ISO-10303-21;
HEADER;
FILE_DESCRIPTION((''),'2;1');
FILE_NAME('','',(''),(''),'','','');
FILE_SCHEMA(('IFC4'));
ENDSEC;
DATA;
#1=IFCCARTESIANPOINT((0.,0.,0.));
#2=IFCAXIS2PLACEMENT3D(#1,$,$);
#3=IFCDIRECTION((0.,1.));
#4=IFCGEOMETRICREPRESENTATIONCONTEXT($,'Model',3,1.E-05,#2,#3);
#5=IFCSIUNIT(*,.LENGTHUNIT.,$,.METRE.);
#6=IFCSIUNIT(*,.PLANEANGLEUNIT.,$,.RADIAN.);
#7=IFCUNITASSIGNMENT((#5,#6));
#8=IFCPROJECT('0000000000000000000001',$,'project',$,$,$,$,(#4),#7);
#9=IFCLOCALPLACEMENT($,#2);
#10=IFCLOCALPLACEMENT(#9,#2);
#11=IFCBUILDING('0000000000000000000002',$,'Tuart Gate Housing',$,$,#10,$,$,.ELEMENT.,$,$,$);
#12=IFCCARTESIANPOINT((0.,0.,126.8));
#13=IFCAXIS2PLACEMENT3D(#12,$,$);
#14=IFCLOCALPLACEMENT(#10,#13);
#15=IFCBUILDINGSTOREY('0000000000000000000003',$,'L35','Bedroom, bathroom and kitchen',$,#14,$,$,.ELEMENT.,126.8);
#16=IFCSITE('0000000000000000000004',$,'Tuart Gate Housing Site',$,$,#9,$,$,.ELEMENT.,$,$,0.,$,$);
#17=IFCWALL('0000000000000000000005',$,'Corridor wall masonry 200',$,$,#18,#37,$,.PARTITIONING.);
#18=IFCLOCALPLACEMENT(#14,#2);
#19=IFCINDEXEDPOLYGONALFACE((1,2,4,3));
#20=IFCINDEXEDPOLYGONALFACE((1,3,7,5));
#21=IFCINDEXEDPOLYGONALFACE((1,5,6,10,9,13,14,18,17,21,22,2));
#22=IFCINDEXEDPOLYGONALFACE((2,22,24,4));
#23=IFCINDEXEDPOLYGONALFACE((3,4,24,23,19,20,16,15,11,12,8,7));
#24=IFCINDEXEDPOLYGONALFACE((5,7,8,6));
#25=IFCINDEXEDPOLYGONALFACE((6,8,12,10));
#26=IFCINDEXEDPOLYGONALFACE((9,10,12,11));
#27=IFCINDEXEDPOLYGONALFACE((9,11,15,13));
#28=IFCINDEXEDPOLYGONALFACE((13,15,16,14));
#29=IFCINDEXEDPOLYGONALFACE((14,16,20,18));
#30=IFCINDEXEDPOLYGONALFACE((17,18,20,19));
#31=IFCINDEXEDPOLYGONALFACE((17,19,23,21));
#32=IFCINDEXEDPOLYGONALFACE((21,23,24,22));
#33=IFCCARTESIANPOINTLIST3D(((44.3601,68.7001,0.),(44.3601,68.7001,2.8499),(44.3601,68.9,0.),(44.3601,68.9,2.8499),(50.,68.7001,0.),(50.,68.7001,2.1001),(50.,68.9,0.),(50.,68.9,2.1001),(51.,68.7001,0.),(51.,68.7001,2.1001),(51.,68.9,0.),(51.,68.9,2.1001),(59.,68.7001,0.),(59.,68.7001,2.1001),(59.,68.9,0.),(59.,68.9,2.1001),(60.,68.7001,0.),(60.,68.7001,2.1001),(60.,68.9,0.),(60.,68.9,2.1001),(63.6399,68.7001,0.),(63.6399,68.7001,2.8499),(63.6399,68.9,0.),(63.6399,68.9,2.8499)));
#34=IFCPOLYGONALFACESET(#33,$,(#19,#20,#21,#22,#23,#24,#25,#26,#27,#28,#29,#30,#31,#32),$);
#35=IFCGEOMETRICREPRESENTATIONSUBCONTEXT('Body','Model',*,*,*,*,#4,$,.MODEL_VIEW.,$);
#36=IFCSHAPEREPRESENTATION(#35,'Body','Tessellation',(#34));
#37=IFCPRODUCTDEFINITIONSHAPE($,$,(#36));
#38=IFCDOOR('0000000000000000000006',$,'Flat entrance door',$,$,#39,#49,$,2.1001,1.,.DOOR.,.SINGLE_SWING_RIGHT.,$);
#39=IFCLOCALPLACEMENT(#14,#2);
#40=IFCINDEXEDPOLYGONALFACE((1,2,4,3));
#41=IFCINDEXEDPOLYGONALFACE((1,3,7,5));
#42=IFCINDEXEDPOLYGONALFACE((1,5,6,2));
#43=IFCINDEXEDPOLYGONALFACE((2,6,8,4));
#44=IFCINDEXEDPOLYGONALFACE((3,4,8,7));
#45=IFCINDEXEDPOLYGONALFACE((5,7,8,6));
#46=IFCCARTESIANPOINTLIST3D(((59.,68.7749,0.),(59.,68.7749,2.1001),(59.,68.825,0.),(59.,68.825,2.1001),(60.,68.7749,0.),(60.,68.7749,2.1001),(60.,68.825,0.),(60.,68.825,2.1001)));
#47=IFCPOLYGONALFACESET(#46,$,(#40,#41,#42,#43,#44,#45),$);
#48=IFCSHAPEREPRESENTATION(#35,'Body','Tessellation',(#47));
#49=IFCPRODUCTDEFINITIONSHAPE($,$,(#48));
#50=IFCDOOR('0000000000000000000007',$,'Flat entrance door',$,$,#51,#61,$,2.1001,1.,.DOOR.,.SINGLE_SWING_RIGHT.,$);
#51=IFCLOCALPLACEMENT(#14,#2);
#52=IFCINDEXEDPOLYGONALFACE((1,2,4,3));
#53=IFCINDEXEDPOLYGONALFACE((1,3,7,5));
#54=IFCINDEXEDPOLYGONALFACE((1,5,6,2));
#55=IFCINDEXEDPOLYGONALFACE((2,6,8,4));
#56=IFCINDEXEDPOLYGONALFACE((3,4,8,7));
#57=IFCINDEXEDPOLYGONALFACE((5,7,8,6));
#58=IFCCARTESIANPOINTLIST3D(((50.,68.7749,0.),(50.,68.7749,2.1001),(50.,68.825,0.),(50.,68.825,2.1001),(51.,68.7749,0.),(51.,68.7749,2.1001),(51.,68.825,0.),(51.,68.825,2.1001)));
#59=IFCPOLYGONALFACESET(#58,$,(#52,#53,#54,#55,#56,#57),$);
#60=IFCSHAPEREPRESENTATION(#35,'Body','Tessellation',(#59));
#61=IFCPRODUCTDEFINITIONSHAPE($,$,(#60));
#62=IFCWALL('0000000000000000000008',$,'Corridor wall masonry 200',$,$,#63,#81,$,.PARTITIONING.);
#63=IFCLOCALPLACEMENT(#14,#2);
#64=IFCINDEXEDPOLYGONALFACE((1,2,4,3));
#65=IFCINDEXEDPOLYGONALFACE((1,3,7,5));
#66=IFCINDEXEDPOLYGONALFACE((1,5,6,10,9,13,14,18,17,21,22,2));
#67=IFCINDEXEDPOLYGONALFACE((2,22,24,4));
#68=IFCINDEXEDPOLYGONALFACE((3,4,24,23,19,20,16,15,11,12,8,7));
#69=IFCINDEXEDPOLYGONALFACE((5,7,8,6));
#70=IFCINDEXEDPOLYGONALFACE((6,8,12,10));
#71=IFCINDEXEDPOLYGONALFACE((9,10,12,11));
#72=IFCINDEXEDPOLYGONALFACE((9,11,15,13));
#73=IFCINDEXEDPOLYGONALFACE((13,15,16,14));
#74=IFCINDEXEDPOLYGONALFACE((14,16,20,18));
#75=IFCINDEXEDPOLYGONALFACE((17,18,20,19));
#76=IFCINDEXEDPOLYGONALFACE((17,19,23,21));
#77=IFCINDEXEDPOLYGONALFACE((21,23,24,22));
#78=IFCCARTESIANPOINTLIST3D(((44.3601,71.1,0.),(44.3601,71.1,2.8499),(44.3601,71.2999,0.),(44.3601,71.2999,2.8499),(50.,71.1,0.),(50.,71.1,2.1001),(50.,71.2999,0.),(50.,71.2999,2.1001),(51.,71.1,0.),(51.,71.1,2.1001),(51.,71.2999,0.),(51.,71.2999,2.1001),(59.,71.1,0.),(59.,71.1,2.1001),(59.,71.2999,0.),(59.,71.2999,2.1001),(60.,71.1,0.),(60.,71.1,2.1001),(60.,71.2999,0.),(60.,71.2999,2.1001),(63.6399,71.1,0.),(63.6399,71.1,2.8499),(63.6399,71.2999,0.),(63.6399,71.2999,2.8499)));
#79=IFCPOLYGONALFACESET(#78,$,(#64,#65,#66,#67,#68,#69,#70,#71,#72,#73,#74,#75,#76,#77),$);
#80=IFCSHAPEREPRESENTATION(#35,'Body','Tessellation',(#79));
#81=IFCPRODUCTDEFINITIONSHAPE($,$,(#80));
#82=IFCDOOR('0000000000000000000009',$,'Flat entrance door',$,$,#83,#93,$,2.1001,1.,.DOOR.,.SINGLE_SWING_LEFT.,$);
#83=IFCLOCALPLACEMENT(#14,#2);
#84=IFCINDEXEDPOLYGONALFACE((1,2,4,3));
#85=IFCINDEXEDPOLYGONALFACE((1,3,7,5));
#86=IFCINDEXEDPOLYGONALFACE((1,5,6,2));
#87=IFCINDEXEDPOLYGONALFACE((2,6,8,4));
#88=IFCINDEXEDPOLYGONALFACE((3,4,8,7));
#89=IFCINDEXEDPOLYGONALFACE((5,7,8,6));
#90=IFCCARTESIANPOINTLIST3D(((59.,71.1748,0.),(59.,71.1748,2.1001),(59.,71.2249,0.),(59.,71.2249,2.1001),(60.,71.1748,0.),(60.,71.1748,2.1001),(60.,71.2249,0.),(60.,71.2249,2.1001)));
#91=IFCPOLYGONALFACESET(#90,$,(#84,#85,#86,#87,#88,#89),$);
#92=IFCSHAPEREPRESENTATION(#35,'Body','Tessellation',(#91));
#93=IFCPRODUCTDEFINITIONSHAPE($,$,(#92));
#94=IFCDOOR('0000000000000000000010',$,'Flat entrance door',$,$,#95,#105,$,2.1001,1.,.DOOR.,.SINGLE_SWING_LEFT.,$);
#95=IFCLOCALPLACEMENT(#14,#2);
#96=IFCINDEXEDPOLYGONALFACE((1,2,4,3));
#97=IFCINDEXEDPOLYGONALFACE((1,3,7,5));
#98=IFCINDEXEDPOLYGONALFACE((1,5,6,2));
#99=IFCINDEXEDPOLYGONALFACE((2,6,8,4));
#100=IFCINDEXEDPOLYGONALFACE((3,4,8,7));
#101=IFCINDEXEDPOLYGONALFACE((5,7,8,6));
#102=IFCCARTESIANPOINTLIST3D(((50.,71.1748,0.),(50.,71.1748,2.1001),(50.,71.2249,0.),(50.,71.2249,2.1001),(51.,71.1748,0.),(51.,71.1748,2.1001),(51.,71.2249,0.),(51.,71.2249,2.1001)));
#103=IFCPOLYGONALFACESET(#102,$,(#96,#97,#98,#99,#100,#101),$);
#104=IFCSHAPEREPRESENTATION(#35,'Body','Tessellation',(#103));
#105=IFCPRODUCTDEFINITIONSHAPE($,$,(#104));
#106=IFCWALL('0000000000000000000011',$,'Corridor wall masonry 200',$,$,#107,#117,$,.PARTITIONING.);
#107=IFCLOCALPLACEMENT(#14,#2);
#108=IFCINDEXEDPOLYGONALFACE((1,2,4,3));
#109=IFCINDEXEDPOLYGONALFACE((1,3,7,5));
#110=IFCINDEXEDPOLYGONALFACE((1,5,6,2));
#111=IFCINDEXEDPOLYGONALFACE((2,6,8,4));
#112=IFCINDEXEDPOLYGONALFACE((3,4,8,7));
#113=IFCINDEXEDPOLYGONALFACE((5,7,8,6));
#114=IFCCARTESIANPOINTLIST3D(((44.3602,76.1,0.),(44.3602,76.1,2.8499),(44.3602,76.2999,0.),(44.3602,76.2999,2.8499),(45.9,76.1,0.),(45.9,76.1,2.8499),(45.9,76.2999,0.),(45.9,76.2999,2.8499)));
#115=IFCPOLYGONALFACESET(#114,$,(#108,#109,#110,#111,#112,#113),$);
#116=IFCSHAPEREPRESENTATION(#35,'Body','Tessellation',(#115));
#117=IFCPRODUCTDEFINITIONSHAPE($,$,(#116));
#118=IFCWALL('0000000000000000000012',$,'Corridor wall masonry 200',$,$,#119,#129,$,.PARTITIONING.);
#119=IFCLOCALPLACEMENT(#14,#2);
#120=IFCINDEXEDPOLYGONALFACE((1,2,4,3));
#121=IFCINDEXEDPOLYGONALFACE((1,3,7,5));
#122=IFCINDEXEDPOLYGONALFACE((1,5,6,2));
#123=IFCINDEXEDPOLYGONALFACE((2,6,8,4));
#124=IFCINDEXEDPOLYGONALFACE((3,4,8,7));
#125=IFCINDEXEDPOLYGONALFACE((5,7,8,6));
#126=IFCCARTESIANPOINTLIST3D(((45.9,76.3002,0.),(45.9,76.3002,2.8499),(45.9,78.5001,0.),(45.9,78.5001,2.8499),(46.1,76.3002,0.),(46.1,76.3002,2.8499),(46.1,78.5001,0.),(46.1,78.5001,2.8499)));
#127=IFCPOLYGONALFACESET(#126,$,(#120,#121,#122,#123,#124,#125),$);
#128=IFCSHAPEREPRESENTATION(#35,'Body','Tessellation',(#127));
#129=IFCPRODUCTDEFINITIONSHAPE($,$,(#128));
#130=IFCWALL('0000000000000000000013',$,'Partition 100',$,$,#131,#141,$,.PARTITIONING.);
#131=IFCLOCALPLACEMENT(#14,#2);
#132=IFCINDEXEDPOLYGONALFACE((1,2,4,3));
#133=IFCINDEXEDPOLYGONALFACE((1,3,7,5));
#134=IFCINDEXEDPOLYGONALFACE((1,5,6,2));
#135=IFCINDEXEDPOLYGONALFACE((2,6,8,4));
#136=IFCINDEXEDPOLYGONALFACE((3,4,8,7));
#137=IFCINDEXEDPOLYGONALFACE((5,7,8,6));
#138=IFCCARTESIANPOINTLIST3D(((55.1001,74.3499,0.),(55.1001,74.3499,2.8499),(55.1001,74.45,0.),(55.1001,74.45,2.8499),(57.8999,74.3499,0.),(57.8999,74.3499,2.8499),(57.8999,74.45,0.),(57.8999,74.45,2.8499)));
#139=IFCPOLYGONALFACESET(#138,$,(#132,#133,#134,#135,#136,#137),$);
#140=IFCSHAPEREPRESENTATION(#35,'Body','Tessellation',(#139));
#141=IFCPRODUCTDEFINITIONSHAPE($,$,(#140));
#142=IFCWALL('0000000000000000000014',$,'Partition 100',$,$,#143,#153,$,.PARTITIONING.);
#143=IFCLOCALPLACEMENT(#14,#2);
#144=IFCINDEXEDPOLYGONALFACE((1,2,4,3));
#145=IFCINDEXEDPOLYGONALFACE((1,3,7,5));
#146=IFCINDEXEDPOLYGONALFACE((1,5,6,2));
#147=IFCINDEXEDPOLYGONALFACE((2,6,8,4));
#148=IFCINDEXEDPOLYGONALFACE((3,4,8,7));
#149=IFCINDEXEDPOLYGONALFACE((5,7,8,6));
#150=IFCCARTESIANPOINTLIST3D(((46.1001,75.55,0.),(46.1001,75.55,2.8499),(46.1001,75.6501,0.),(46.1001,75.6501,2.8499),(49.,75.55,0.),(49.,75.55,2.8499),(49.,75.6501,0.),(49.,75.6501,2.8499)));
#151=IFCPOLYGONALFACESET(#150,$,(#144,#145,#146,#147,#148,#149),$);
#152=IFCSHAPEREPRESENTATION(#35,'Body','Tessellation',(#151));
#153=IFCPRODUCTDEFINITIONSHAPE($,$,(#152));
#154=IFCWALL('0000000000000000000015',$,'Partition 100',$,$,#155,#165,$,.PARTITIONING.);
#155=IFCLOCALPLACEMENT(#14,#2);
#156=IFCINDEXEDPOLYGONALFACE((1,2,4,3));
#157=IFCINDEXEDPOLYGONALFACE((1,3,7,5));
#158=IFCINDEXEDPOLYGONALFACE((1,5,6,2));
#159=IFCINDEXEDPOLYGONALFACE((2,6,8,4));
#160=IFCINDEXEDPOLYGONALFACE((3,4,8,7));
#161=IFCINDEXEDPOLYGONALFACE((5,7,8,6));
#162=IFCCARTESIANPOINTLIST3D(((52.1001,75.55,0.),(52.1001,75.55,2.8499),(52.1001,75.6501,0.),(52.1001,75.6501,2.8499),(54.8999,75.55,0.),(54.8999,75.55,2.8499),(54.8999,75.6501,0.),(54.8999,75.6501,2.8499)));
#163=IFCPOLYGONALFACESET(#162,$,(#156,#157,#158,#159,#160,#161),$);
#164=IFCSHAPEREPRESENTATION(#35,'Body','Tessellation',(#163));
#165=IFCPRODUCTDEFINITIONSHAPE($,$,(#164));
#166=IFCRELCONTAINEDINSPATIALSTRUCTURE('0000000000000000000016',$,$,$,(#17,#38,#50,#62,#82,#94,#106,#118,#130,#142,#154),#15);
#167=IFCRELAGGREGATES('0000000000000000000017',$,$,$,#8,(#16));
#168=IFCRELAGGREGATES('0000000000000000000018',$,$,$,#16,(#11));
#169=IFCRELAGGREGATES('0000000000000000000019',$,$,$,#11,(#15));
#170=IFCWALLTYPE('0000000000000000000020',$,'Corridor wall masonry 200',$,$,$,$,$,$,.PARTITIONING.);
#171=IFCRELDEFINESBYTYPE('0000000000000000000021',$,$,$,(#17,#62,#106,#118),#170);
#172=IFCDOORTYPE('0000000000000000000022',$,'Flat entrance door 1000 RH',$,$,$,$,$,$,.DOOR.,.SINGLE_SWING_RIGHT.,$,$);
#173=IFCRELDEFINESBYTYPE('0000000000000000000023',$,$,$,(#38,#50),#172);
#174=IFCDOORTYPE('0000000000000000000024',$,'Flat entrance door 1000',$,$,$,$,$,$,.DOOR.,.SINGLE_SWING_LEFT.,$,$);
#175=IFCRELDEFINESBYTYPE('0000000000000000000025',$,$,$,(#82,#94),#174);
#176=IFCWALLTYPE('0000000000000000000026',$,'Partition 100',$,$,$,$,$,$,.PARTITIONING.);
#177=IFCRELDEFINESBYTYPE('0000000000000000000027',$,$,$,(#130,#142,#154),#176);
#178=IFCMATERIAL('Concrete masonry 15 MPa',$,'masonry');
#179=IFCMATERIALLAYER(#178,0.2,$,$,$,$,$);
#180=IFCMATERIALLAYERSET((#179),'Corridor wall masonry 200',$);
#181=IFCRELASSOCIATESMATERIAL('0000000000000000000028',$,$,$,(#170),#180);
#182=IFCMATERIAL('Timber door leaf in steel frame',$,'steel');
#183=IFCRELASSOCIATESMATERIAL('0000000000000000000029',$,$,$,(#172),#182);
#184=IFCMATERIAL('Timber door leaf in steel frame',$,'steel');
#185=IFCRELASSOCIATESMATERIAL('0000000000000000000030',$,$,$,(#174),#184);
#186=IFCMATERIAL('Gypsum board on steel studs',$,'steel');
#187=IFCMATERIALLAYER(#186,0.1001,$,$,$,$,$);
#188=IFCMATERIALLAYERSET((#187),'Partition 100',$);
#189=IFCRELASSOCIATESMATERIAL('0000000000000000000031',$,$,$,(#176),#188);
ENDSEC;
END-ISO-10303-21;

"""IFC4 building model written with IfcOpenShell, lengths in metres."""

from ifc_helpers import new_model, si_unit, direction, frame, frame_2d, origin, place, context, subcontext, project, spatial, rectangle, extrude, material, layer, layer_set, type_object, element, fill, save


model = new_model("IFC4")

# Units and contexts
model_context = context("Model", 3, precision=1e-05, world=origin(), true_north=direction((0.0, 1.0)))
body_context = subcontext(model_context, "Body", "Model", "MODEL_VIEW")
ifc_project = project(units=[si_unit("LENGTHUNIT", "METRE"), si_unit("PLANEANGLEUNIT", "RADIAN")], contexts=[model_context])

# Site, building, storey
site_placement = place(None, origin())
site = spatial("IfcSite", under=ifc_project, at=site_placement, Name="Tuart Gate Housing Site", CompositionType="ELEMENT", RefElevation=0.0)
building_placement = place(site_placement, origin())
building = spatial("IfcBuilding", under=site, at=building_placement, Name="Tuart Gate Housing", CompositionType="ELEMENT")
storey_placement = place(building_placement, frame((0.0, 0.0, 126.8)))
storey = spatial("IfcBuildingStorey", under=building, at=storey_placement, Name="L35", Description="Bedroom, bathroom and kitchen", CompositionType="ELEMENT", Elevation=126.8)

# Walls, openings, doors
ifc_material_1 = material(Name="Concrete masonry 15 MPa", Category="masonry")
ifc_layer_1 = layer(ifc_material_1, 0.2)
ifc_layer_set_1 = layer_set([ifc_layer_1], Name="Corridor wall masonry 200")
wall_type_1 = type_object("IfcWallType", Name="Corridor wall masonry 200", PredefinedType="PARTITIONING", material=ifc_layer_set_1)
wall_1_placement = place(storey_placement, frame((44.3601, 68.8, 0.0), z_axis=(0.0, 0.0, 1.0), x_axis=(1.0, 0.0, 0.0)))
wall_1 = element("IfcWall", 1, at=wall_1_placement, inside=storey, type_object=wall_type_1, Name="Corridor wall masonry 200", PredefinedType="PARTITIONING", context=body_context, shape_type="SweptSolid", body=[
    extrude(rectangle(XDim=19.2798, YDim=0.2, at=frame_2d((9.6399, 0.0))), origin(), (0.0, 0.0, 1.0), 2.8499),
])
opening_1_placement = place(wall_1_placement, frame((14.6399, 0.0, 0.0)))
opening_1 = element("IfcOpeningElement", 2, at=opening_1_placement, cuts=wall_1, PredefinedType="OPENING", context=body_context, shape_type="SweptSolid", body=[
    extrude(rectangle(XDim=1.0, YDim=2.1001, at=frame_2d((0.5, 1.05))), frame((0.0, 0.1099, 0.0), z_axis=(0.0, -1.0, 0.0), x_axis=(1.0, 0.0, 0.0)), (0.0, 0.0, 1.0), 0.22),
])
opening_2_placement = place(wall_1_placement, frame((5.6399, 0.0, 0.0)))
opening_2 = element("IfcOpeningElement", 3, at=opening_2_placement, cuts=wall_1, PredefinedType="OPENING", context=body_context, shape_type="SweptSolid", body=[
    extrude(rectangle(XDim=1.0, YDim=2.1001, at=frame_2d((0.5, 1.05))), frame((0.0, 0.1099, 0.0), z_axis=(0.0, -1.0, 0.0), x_axis=(1.0, 0.0, 0.0)), (0.0, 0.0, 1.0), 0.22),
])
ifc_material_2 = material(Name="Timber door leaf in steel frame", Category="steel")
door_type_1 = type_object("IfcDoorType", Name="Flat entrance door 1000 RH", OperationType="SINGLE_SWING_RIGHT", PredefinedType="DOOR", material=ifc_material_2)
door_1_placement = place(opening_1_placement, frame((1.0, 0.0, 0.0), z_axis=(0.0, 0.0, 1.0), x_axis=(-1.0, 0.0, 0.0)))
door_1 = element("IfcDoor", 4, at=door_1_placement, inside=storey, type_object=door_type_1, Name="Flat entrance door", OperationType="SINGLE_SWING_RIGHT", OverallHeight=2.1001, OverallWidth=1.0, PredefinedType="DOOR", context=body_context, shape_type="SweptSolid", body=[
    extrude(rectangle(XDim=1.0, YDim=2.1001, at=frame_2d((0.5, 1.05))), frame((0.0, 0.0251, 0.0), z_axis=(0.0, -1.0, 0.0), x_axis=(1.0, 0.0, 0.0)), (0.0, 0.0, 1.0), 0.05),
])
fill(opening_1, door_1)
door_2_placement = place(opening_2_placement, frame((1.0, 0.0, 0.0), z_axis=(0.0, 0.0, 1.0), x_axis=(-1.0, 0.0, 0.0)))
door_2 = element("IfcDoor", 5, at=door_2_placement, inside=storey, type_object=door_type_1, Name="Flat entrance door", OperationType="SINGLE_SWING_RIGHT", OverallHeight=2.1001, OverallWidth=1.0, PredefinedType="DOOR", context=body_context, shape_type="SweptSolid", body=[
    extrude(rectangle(XDim=1.0, YDim=2.1001, at=frame_2d((0.5, 1.05))), frame((0.0, 0.0251, 0.0), z_axis=(0.0, -1.0, 0.0), x_axis=(1.0, 0.0, 0.0)), (0.0, 0.0, 1.0), 0.05),
])
fill(opening_2, door_2)
wall_2_placement = place(storey_placement, frame((44.3601, 71.2, 0.0), z_axis=(0.0, 0.0, 1.0), x_axis=(1.0, 0.0, 0.0)))
wall_2 = element("IfcWall", 6, at=wall_2_placement, inside=storey, type_object=wall_type_1, Name="Corridor wall masonry 200", PredefinedType="PARTITIONING", context=body_context, shape_type="SweptSolid", body=[
    extrude(rectangle(XDim=19.2798, YDim=0.2, at=frame_2d((9.6399, 0.0))), origin(), (0.0, 0.0, 1.0), 2.8499),
])
opening_3_placement = place(wall_2_placement, frame((14.6399, 0.0, 0.0)))
opening_3 = element("IfcOpeningElement", 7, at=opening_3_placement, cuts=wall_2, PredefinedType="OPENING", context=body_context, shape_type="SweptSolid", body=[
    extrude(rectangle(XDim=1.0, YDim=2.1001, at=frame_2d((0.5, 1.05))), frame((0.0, 0.1099, 0.0), z_axis=(0.0, -1.0, 0.0), x_axis=(1.0, 0.0, 0.0)), (0.0, 0.0, 1.0), 0.22),
])
opening_4_placement = place(wall_2_placement, frame((5.6399, 0.0, 0.0)))
opening_4 = element("IfcOpeningElement", 8, at=opening_4_placement, cuts=wall_2, PredefinedType="OPENING", context=body_context, shape_type="SweptSolid", body=[
    extrude(rectangle(XDim=1.0, YDim=2.1001, at=frame_2d((0.5, 1.05))), frame((0.0, 0.1099, 0.0), z_axis=(0.0, -1.0, 0.0), x_axis=(1.0, 0.0, 0.0)), (0.0, 0.0, 1.0), 0.22),
])
ifc_material_3 = material(Name="Timber door leaf in steel frame", Category="steel")
door_type_2 = type_object("IfcDoorType", Name="Flat entrance door 1000", OperationType="SINGLE_SWING_LEFT", PredefinedType="DOOR", material=ifc_material_3)
door_3_placement = place(opening_3_placement, origin())
door_3 = element("IfcDoor", 9, at=door_3_placement, inside=storey, type_object=door_type_2, Name="Flat entrance door", OperationType="SINGLE_SWING_LEFT", OverallHeight=2.1001, OverallWidth=1.0, PredefinedType="DOOR", context=body_context, shape_type="SweptSolid", body=[
    extrude(rectangle(XDim=1.0, YDim=2.1001, at=frame_2d((0.5, 1.05))), frame((0.0, 0.0249, 0.0), z_axis=(0.0, -1.0, 0.0), x_axis=(1.0, 0.0, 0.0)), (0.0, 0.0, 1.0), 0.05),
])
fill(opening_3, door_3)
door_4_placement = place(opening_4_placement, origin())
door_4 = element("IfcDoor", 10, at=door_4_placement, inside=storey, type_object=door_type_2, Name="Flat entrance door", OperationType="SINGLE_SWING_LEFT", OverallHeight=2.1001, OverallWidth=1.0, PredefinedType="DOOR", context=body_context, shape_type="SweptSolid", body=[
    extrude(rectangle(XDim=1.0, YDim=2.1001, at=frame_2d((0.5, 1.05))), frame((0.0, 0.0249, 0.0), z_axis=(0.0, -1.0, 0.0), x_axis=(1.0, 0.0, 0.0)), (0.0, 0.0, 1.0), 0.05),
])
fill(opening_4, door_4)

# Walls
wall_3_placement = place(storey_placement, frame((44.3601, 76.2, 0.0), z_axis=(0.0, 0.0, 1.0), x_axis=(1.0, 0.0, 0.0)))
element("IfcWall", 11, at=wall_3_placement, inside=storey, type_object=wall_type_1, Name="Corridor wall masonry 200", PredefinedType="PARTITIONING", context=body_context, shape_type="SweptSolid", body=[
    extrude(rectangle(XDim=1.5398, YDim=0.2, at=frame_2d((0.77, 0.0))), origin(), (0.0, 0.0, 1.0), 2.8499),
])
wall_4_placement = place(storey_placement, frame((46.0, 76.3, 0.0), z_axis=(0.0, 0.0, 1.0), x_axis=(0.0, 1.0, 0.0)))
element("IfcWall", 12, at=wall_4_placement, inside=storey, type_object=wall_type_1, Name="Corridor wall masonry 200", PredefinedType="PARTITIONING", context=body_context, shape_type="SweptSolid", body=[
    extrude(rectangle(XDim=2.2, YDim=0.2, at=frame_2d((1.1001, 0.0))), origin(), (0.0, 0.0, 1.0), 2.8499),
])
ifc_material_4 = material(Name="Gypsum board on steel studs", Category="steel")
ifc_layer_2 = layer(ifc_material_4, 0.1001)
ifc_layer_set_2 = layer_set([ifc_layer_2], Name="Partition 100")
wall_type_2 = type_object("IfcWallType", Name="Partition 100", PredefinedType="PARTITIONING", material=ifc_layer_set_2)
wall_5_placement = place(storey_placement, frame((55.1001, 74.3999, 0.0), z_axis=(0.0, 0.0, 1.0), x_axis=(1.0, 0.0, 0.0)))
element("IfcWall", 13, at=wall_5_placement, inside=storey, type_object=wall_type_2, Name="Partition 100", PredefinedType="PARTITIONING", context=body_context, shape_type="SweptSolid", body=[
    extrude(rectangle(XDim=2.7998, YDim=0.1001, at=frame_2d((1.3999, 0.0))), origin(), (0.0, 0.0, 1.0), 2.8499),
])
wall_6_placement = place(storey_placement, frame((46.1001, 75.6001, 0.0), z_axis=(0.0, 0.0, 1.0), x_axis=(1.0, 0.0, 0.0)))
element("IfcWall", 14, at=wall_6_placement, inside=storey, type_object=wall_type_2, Name="Partition 100", PredefinedType="PARTITIONING", context=body_context, shape_type="SweptSolid", body=[
    extrude(rectangle(XDim=2.8999, YDim=0.1001, at=frame_2d((1.45, 0.0))), origin(), (0.0, 0.0, 1.0), 2.8499),
])
wall_7_placement = place(storey_placement, frame((52.1001, 75.6001, 0.0), z_axis=(0.0, 0.0, 1.0), x_axis=(1.0, 0.0, 0.0)))
element("IfcWall", 15, at=wall_7_placement, inside=storey, type_object=wall_type_2, Name="Partition 100", PredefinedType="PARTITIONING", context=body_context, shape_type="SweptSolid", body=[
    extrude(rectangle(XDim=2.7998, YDim=0.1001, at=frame_2d((1.3999, 0.0))), origin(), (0.0, 0.0, 1.0), 2.8499),
])

save(model, "model.ifc")
